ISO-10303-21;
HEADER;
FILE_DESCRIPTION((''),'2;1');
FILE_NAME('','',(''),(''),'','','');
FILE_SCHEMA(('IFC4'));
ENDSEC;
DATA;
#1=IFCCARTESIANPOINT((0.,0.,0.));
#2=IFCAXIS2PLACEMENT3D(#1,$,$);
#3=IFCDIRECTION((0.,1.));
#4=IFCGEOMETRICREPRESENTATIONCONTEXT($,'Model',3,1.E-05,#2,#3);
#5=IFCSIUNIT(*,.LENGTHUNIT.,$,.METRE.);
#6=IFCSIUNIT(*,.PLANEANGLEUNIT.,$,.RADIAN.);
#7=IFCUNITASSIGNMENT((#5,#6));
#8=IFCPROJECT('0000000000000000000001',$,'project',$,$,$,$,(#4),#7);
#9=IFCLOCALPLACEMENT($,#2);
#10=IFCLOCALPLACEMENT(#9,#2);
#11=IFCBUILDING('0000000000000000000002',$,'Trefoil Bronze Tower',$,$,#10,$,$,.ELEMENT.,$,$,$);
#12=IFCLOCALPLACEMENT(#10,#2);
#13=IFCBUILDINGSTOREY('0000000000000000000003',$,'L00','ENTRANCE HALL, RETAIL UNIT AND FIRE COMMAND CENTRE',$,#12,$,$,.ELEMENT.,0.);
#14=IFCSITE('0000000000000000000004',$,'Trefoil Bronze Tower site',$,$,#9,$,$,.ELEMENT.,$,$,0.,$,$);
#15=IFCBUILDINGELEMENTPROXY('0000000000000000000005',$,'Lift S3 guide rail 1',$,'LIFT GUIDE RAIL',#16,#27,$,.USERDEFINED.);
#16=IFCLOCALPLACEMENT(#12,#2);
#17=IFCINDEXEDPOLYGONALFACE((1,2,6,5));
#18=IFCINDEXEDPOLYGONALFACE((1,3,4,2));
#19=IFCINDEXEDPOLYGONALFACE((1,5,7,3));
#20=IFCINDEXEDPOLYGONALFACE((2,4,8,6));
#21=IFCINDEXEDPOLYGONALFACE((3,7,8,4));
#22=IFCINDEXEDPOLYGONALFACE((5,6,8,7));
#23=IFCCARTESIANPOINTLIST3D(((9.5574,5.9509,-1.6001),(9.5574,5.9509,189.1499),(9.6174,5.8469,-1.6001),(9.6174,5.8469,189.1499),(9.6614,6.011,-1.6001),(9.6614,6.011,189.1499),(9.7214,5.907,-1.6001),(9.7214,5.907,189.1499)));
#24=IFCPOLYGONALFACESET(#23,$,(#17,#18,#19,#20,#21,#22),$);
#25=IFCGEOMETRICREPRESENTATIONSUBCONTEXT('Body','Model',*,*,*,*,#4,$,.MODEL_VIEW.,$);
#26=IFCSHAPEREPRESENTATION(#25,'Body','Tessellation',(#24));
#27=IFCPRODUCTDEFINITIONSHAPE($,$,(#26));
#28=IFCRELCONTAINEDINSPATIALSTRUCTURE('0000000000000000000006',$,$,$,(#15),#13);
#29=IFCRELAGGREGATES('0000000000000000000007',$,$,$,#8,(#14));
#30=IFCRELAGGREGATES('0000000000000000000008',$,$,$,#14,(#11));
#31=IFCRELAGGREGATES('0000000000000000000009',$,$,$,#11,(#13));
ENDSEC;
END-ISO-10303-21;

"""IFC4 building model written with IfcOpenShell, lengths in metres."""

from ifc_helpers import new_model, si_unit, direction, frame, origin, origin_2d, place, context, subcontext, project, spatial, rectangle, extrude, element, save


model = new_model("IFC4")

# Units and contexts
model_context = context("Model", 3, precision=1e-05, world=origin(), true_north=direction((0.0, 1.0)))
body_context = subcontext(model_context, "Body", "Model", "MODEL_VIEW")
ifc_project = project(units=[si_unit("LENGTHUNIT", "METRE"), si_unit("PLANEANGLEUNIT", "RADIAN")], contexts=[model_context])

# Site, building, storey
site_placement = place(None, origin())
site = spatial("IfcSite", under=ifc_project, at=site_placement, Name="Trefoil Bronze Tower site", CompositionType="ELEMENT", RefElevation=0.0)
building_placement = place(site_placement, origin())
building = spatial("IfcBuilding", under=site, at=building_placement, Name="Trefoil Bronze Tower", CompositionType="ELEMENT")
storey_placement = place(building_placement, origin())
storey = spatial("IfcBuildingStorey", under=building, at=storey_placement, Name="L00", Description="ENTRANCE HALL, RETAIL UNIT AND FIRE COMMAND CENTRE", CompositionType="ELEMENT", Elevation=0.0)

# Building element proxy
proxy_placement = place(storey_placement, frame((9.6394, 5.929, -1.6001), z_axis=(0.0, 0.0, 1.0), x_axis=(-0.5, 0.866025, 0.0)))
element("IfcBuildingElementProxy", 1, at=proxy_placement, inside=storey, Name="Lift S3 guide rail 1", ObjectType="LIFT GUIDE RAIL", PredefinedType="USERDEFINED", context=body_context, shape_type="SweptSolid", body=[
    extrude(rectangle(XDim=0.1201, YDim=0.1201, at=origin_2d()), origin(), (0.0, 0.0, 1.0), 190.75),
])

save(model, "model.ifc")
